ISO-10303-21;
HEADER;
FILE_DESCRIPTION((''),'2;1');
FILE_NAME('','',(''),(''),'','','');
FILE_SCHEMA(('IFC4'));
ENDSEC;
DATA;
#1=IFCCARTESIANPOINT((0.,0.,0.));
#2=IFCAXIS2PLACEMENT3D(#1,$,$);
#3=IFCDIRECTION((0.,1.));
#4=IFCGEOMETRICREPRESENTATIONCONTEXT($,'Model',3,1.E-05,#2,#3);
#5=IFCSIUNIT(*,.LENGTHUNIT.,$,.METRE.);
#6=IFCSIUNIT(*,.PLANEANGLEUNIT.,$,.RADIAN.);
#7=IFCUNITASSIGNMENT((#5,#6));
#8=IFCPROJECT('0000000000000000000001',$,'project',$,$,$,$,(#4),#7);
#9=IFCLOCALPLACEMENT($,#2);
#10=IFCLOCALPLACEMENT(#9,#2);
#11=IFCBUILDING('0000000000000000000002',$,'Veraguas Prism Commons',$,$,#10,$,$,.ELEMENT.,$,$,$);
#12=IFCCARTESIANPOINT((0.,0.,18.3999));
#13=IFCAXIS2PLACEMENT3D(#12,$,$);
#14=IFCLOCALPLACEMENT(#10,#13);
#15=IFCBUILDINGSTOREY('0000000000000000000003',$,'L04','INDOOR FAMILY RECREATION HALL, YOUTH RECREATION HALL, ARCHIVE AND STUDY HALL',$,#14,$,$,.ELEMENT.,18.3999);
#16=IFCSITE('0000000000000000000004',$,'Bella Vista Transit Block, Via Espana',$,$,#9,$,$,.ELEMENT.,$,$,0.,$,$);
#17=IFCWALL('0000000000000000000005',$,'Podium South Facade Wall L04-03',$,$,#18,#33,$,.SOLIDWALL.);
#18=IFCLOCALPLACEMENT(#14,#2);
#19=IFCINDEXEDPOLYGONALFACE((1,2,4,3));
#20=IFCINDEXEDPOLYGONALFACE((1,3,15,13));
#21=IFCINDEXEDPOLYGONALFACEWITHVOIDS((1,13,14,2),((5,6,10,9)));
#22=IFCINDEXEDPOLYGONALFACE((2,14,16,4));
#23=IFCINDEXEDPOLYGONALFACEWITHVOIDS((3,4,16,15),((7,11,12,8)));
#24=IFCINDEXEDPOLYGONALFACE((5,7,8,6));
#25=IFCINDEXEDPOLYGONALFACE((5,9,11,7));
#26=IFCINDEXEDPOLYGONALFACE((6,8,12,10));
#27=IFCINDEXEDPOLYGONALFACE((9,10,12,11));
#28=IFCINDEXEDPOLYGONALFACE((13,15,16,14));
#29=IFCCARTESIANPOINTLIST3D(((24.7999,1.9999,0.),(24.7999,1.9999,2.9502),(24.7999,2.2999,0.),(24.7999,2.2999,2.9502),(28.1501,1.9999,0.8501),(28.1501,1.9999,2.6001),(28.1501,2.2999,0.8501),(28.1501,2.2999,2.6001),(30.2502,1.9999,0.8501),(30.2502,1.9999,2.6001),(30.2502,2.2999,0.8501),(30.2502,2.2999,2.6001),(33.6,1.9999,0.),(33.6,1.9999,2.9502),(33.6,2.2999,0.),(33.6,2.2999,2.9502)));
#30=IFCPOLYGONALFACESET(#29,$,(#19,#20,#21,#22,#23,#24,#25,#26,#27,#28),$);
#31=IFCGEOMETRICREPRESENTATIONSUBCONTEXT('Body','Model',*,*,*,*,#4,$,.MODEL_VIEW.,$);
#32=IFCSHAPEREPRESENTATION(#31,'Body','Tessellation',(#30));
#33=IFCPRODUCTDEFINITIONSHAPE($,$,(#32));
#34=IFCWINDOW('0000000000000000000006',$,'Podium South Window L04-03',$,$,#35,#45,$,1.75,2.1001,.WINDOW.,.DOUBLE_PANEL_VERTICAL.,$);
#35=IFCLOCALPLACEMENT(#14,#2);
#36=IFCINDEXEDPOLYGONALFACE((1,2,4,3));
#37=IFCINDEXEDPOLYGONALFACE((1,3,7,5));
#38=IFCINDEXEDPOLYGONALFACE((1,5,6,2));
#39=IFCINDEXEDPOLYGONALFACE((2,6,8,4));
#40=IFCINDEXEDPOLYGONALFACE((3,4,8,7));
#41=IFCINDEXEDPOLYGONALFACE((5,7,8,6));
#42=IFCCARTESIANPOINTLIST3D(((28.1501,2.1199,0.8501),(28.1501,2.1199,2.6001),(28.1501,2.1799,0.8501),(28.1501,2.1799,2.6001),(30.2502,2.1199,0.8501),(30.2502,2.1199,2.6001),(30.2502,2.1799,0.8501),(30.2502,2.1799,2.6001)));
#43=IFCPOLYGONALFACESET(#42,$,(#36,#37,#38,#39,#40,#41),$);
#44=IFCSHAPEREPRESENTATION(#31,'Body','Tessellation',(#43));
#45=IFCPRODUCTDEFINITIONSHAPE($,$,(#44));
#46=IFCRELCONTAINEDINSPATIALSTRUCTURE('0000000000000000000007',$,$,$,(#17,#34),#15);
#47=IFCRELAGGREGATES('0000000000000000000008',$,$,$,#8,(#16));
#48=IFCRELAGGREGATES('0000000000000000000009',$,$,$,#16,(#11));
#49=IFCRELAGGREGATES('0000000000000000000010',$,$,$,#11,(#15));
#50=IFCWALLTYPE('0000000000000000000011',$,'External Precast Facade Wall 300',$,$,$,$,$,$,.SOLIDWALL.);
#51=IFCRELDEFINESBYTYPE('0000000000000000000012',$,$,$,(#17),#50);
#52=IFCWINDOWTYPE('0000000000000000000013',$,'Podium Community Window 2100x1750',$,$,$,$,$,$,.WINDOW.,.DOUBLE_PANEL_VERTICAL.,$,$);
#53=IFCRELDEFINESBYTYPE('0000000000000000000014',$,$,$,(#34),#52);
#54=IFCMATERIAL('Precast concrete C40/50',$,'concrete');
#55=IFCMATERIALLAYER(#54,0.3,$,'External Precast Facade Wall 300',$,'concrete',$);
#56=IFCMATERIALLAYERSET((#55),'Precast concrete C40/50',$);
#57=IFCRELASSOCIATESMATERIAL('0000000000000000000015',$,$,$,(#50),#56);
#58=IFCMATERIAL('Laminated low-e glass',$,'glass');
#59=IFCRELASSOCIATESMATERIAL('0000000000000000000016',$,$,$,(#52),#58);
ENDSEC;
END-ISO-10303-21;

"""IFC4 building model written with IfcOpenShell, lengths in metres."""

from ifc_helpers import new_model, si_unit, direction, frame, frame_2d, origin, place, context, subcontext, project, spatial, rectangle, extrude, source, transform, mapped, material, layer, layer_set, type_object, element, fill, save


model = new_model("IFC4")

# Units and contexts
model_context = context("Model", 3, precision=1e-05, world=origin(), true_north=direction((0.0, 1.0)))
body_context = subcontext(model_context, "Body", "Model", "MODEL_VIEW")
ifc_project = project(units=[si_unit("LENGTHUNIT", "METRE"), si_unit("PLANEANGLEUNIT", "RADIAN")], contexts=[model_context])

# Site, building, storey
site_placement = place(None, origin())
site = spatial("IfcSite", under=ifc_project, at=site_placement, Name="Bella Vista Transit Block, Via Espana", CompositionType="ELEMENT", RefElevation=0.0)
building_placement = place(site_placement, origin())
building = spatial("IfcBuilding", under=site, at=building_placement, Name="Veraguas Prism Commons", CompositionType="ELEMENT")
storey_placement = place(building_placement, frame((0.0, 0.0, 18.3999)))
storey = spatial("IfcBuildingStorey", under=building, at=storey_placement, Name="L04", Description="INDOOR FAMILY RECREATION HALL, YOUTH RECREATION HALL, ARCHIVE AND STUDY HALL", CompositionType="ELEMENT", Elevation=18.3999)

# Wall, opening, window
ifc_material_1 = material(Name="Precast concrete C40/50", Category="concrete")
ifc_layer_1 = layer(ifc_material_1, 0.3, Name="External Precast Facade Wall 300", Category="concrete")
ifc_layer_set_1 = layer_set([ifc_layer_1], Name="Precast concrete C40/50")
wall_type_1 = type_object("IfcWallType", Name="External Precast Facade Wall 300", PredefinedType="SOLIDWALL", material=ifc_layer_set_1)
ifc_material_2 = material(Name="Laminated low-e glass", Category="glass")
window_type = type_object("IfcWindowType", Name="Podium Community Window 2100x1750", PartitioningType="DOUBLE_PANEL_VERTICAL", PredefinedType="WINDOW", material=ifc_material_2)
shared_shape_1 = source(origin(), body_context, "Body", "SweptSolid", [
    extrude(rectangle(XDim=2.1001, YDim=1.75, at=frame_2d((1.05, 0.875))), frame((0.0, 0.03, 0.0), z_axis=(0.0, -1.0, 0.0), x_axis=(1.0, 0.0, 0.0)), (0.0, 0.0, 1.0), 0.0601),
])
wall_1_placement = place(storey_placement, frame((24.8, 2.1499, 0.0), z_axis=(0.0, 0.0, 1.0), x_axis=(1.0, 0.0, 0.0)))
wall_1 = element("IfcWall", 1, at=wall_1_placement, inside=storey, type_object=wall_type_1, Name="Podium South Facade Wall L04-03", PredefinedType="SOLIDWALL", context=body_context, shape_type="SweptSolid", body=[
    extrude(rectangle(XDim=8.8, YDim=0.3, at=frame_2d((4.3999, 0.0))), origin(), (0.0, 0.0, 1.0), 2.9502),
])
opening_1_placement = place(wall_1_placement, frame((3.3501, 0.0, 0.8501)))
opening_1 = element("IfcOpeningElement", 2, at=opening_1_placement, cuts=wall_1, PredefinedType="OPENING", context=body_context, shape_type="SweptSolid", body=[
    extrude(rectangle(XDim=2.1001, YDim=1.75, at=frame_2d((1.05, 0.875))), frame((0.0, 0.1599, 0.0), z_axis=(0.0, -1.0, 0.0), x_axis=(1.0, 0.0, 0.0)), (0.0, 0.0, 1.0), 0.3201),
])
window_1_placement = place(opening_1_placement, origin())
window_1 = element("IfcWindow", 3, at=window_1_placement, inside=storey, type_object=window_type, Name="Podium South Window L04-03", OverallHeight=1.75, OverallWidth=2.1001, PartitioningType="DOUBLE_PANEL_VERTICAL", PredefinedType="WINDOW", context=body_context, shape_type="MappedRepresentation", body=[
    mapped(shared_shape_1, transform((0.0, 0.0, 0.0), scale=1.0)),
])
fill(opening_1, window_1)

save(model, "model.ifc")
